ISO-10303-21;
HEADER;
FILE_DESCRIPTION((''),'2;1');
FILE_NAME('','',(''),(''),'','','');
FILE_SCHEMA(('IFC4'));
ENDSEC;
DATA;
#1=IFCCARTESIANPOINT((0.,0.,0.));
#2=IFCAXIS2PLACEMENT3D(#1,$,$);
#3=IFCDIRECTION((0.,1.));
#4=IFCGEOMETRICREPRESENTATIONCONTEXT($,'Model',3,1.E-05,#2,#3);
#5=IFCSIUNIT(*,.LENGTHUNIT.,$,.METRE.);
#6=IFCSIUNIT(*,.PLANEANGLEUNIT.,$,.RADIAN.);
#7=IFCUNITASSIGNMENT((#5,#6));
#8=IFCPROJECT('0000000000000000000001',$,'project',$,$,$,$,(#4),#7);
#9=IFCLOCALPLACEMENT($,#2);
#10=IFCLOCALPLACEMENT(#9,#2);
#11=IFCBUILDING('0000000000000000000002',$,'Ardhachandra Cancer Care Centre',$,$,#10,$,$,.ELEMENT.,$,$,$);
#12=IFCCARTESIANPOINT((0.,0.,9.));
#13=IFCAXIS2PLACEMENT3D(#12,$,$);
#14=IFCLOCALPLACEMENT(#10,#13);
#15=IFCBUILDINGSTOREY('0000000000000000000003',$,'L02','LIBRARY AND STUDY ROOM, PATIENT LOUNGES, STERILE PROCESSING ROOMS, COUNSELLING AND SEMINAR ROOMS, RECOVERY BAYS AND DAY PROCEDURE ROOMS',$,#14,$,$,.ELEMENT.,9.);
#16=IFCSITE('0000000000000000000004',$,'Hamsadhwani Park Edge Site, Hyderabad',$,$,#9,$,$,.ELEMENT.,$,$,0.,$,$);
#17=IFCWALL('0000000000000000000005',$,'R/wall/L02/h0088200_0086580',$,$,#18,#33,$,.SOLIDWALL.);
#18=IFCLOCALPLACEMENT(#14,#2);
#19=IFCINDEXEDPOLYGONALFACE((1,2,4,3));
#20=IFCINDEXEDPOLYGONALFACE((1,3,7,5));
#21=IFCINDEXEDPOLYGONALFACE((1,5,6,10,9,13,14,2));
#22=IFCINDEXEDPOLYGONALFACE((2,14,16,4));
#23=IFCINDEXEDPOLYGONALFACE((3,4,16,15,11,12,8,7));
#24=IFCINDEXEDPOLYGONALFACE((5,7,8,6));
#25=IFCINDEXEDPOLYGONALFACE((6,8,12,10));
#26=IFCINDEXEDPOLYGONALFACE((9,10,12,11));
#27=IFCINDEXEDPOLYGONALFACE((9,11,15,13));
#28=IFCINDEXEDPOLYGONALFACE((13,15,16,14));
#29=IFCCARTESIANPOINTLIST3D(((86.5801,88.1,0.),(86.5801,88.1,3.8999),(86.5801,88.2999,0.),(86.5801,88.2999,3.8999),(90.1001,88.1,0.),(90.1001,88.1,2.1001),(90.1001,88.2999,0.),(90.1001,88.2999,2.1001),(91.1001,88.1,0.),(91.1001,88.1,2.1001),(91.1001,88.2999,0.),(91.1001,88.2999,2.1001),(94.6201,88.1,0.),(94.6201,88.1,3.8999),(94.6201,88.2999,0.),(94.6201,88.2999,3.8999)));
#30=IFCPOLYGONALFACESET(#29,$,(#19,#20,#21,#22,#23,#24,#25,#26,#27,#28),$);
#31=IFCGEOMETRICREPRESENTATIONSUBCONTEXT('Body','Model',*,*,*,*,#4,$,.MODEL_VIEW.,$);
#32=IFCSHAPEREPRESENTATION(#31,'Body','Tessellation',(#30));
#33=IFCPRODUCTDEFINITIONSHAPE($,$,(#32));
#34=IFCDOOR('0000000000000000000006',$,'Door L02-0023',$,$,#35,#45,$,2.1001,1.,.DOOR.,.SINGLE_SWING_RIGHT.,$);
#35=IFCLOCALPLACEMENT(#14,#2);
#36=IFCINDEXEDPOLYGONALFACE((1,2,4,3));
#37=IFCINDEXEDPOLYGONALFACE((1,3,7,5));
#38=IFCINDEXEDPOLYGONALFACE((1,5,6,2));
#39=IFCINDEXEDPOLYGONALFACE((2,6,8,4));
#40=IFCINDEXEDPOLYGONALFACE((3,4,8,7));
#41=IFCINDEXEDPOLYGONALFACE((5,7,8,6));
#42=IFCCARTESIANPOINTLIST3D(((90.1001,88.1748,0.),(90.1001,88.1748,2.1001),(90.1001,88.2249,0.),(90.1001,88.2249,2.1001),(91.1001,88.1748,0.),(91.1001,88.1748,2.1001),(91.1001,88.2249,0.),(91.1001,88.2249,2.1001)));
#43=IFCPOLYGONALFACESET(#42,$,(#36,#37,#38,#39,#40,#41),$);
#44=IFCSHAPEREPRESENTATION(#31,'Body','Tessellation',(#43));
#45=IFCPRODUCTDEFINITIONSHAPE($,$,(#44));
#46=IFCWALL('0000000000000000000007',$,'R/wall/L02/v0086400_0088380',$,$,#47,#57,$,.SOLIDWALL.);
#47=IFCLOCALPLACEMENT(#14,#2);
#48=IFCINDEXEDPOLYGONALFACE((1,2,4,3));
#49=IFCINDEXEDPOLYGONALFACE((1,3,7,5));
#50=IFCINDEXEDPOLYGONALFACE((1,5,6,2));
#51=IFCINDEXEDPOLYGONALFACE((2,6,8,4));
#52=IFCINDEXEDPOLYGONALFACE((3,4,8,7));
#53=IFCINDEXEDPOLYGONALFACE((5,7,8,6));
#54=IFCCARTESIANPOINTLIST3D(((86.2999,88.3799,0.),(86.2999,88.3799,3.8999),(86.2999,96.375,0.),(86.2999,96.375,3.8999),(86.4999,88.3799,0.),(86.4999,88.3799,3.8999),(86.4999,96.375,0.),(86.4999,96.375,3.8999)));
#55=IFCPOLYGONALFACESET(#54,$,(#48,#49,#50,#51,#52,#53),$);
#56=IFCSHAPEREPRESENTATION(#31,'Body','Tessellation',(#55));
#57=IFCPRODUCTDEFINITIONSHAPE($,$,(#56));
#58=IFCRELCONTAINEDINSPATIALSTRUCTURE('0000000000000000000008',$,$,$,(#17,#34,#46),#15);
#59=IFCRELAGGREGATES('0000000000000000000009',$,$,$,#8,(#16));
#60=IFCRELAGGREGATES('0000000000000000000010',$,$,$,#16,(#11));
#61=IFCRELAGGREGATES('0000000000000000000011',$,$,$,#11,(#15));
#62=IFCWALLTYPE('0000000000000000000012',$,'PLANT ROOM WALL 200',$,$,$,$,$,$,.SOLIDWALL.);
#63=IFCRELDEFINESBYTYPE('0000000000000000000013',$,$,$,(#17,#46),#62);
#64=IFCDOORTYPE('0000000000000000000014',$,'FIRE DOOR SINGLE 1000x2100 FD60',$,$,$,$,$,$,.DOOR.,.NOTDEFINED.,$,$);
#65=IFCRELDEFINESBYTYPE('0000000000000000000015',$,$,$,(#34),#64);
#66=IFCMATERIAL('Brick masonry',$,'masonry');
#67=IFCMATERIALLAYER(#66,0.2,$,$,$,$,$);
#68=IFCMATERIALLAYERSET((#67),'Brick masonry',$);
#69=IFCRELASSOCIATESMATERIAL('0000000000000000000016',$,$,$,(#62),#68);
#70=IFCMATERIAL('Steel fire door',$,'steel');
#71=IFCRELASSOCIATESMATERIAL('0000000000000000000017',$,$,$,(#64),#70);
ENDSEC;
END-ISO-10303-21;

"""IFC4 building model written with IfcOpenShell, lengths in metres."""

from ifc_helpers import new_model, si_unit, direction, frame, frame_2d, origin, place, context, subcontext, project, spatial, rectangle, extrude, material, layer, layer_set, type_object, element, fill, save


model = new_model("IFC4")

# Units and contexts
model_context = context("Model", 3, precision=1e-05, world=origin(), true_north=direction((0.0, 1.0)))
body_context = subcontext(model_context, "Body", "Model", "MODEL_VIEW")
ifc_project = project(units=[si_unit("LENGTHUNIT", "METRE"), si_unit("PLANEANGLEUNIT", "RADIAN")], contexts=[model_context])

# Site, building, storey
site_placement = place(None, origin())
site = spatial("IfcSite", under=ifc_project, at=site_placement, Name="Hamsadhwani Park Edge Site, Hyderabad", CompositionType="ELEMENT", RefElevation=0.0)
building_placement = place(site_placement, origin())
building = spatial("IfcBuilding", under=site, at=building_placement, Name="Ardhachandra Cancer Care Centre", CompositionType="ELEMENT")
storey_placement = place(building_placement, frame((0.0, 0.0, 9.0)))
storey = spatial("IfcBuildingStorey", under=building, at=storey_placement, Name="L02", Description="LIBRARY AND STUDY ROOM, PATIENT LOUNGES, STERILE PROCESSING ROOMS, COUNSELLING AND SEMINAR ROOMS, RECOVERY BAYS AND DAY PROCEDURE ROOMS", CompositionType="ELEMENT", Elevation=9.0)

# Wall, opening, door
ifc_material_1 = material(Name="Brick masonry", Category="masonry")
ifc_layer_1 = layer(ifc_material_1, 0.2)
ifc_layer_set_1 = layer_set([ifc_layer_1], Name="Brick masonry")
wall_type_1 = type_object("IfcWallType", Name="PLANT ROOM WALL 200", PredefinedType="SOLIDWALL", material=ifc_layer_set_1)
wall_1_placement = place(storey_placement, frame((86.5801, 88.2, 0.0), z_axis=(0.0, 0.0, 1.0), x_axis=(1.0, 0.0, 0.0)))
wall_1 = element("IfcWall", 1, at=wall_1_placement, inside=storey, type_object=wall_type_1, Name="R/wall/L02/h0088200_0086580", PredefinedType="SOLIDWALL", context=body_context, shape_type="SweptSolid", body=[
    extrude(rectangle(XDim=8.04, YDim=0.2, at=frame_2d((4.02, 0.0))), origin(), (0.0, 0.0, 1.0), 3.8999),
])
opening_1_placement = place(wall_1_placement, frame((3.52, 0.0, 0.0)))
opening_1 = element("IfcOpeningElement", 2, at=opening_1_placement, cuts=wall_1, PredefinedType="OPENING", context=body_context, shape_type="SweptSolid", body=[
    extrude(rectangle(XDim=1.0, YDim=2.1001, at=frame_2d((0.5, 1.05))), frame((0.0, 0.1099, 0.0), z_axis=(0.0, -1.0, 0.0), x_axis=(1.0, 0.0, 0.0)), (0.0, 0.0, 1.0), 0.22),
])
ifc_material_2 = material(Name="Steel fire door", Category="steel")
door_type_1 = type_object("IfcDoorType", Name="FIRE DOOR SINGLE 1000x2100 FD60", OperationType="NOTDEFINED", PredefinedType="DOOR", material=ifc_material_2)
door_1_placement = place(opening_1_placement, origin())
door_1 = element("IfcDoor", 3, at=door_1_placement, inside=storey, type_object=door_type_1, Name="Door L02-0023", OperationType="SINGLE_SWING_RIGHT", OverallHeight=2.1001, OverallWidth=1.0, PredefinedType="DOOR", context=body_context, shape_type="SweptSolid", body=[
    extrude(rectangle(XDim=1.0, YDim=2.1001, at=frame_2d((0.5, 1.05))), frame((0.0, 0.0249, 0.0), z_axis=(0.0, -1.0, 0.0), x_axis=(1.0, 0.0, 0.0)), (0.0, 0.0, 1.0), 0.05),
])
fill(opening_1, door_1)

# Wall
wall_2_placement = place(storey_placement, frame((86.3999, 88.3799, 0.0), z_axis=(0.0, 0.0, 1.0), x_axis=(0.0, 1.0, 0.0)))
element("IfcWall", 4, at=wall_2_placement, inside=storey, type_object=wall_type_1, Name="R/wall/L02/v0086400_0088380", PredefinedType="SOLIDWALL", context=body_context, shape_type="SweptSolid", body=[
    extrude(rectangle(XDim=7.9951, YDim=0.2, at=frame_2d((3.9976, 0.0))), origin(), (0.0, 0.0, 1.0), 3.8999),
])

save(model, "model.ifc")
